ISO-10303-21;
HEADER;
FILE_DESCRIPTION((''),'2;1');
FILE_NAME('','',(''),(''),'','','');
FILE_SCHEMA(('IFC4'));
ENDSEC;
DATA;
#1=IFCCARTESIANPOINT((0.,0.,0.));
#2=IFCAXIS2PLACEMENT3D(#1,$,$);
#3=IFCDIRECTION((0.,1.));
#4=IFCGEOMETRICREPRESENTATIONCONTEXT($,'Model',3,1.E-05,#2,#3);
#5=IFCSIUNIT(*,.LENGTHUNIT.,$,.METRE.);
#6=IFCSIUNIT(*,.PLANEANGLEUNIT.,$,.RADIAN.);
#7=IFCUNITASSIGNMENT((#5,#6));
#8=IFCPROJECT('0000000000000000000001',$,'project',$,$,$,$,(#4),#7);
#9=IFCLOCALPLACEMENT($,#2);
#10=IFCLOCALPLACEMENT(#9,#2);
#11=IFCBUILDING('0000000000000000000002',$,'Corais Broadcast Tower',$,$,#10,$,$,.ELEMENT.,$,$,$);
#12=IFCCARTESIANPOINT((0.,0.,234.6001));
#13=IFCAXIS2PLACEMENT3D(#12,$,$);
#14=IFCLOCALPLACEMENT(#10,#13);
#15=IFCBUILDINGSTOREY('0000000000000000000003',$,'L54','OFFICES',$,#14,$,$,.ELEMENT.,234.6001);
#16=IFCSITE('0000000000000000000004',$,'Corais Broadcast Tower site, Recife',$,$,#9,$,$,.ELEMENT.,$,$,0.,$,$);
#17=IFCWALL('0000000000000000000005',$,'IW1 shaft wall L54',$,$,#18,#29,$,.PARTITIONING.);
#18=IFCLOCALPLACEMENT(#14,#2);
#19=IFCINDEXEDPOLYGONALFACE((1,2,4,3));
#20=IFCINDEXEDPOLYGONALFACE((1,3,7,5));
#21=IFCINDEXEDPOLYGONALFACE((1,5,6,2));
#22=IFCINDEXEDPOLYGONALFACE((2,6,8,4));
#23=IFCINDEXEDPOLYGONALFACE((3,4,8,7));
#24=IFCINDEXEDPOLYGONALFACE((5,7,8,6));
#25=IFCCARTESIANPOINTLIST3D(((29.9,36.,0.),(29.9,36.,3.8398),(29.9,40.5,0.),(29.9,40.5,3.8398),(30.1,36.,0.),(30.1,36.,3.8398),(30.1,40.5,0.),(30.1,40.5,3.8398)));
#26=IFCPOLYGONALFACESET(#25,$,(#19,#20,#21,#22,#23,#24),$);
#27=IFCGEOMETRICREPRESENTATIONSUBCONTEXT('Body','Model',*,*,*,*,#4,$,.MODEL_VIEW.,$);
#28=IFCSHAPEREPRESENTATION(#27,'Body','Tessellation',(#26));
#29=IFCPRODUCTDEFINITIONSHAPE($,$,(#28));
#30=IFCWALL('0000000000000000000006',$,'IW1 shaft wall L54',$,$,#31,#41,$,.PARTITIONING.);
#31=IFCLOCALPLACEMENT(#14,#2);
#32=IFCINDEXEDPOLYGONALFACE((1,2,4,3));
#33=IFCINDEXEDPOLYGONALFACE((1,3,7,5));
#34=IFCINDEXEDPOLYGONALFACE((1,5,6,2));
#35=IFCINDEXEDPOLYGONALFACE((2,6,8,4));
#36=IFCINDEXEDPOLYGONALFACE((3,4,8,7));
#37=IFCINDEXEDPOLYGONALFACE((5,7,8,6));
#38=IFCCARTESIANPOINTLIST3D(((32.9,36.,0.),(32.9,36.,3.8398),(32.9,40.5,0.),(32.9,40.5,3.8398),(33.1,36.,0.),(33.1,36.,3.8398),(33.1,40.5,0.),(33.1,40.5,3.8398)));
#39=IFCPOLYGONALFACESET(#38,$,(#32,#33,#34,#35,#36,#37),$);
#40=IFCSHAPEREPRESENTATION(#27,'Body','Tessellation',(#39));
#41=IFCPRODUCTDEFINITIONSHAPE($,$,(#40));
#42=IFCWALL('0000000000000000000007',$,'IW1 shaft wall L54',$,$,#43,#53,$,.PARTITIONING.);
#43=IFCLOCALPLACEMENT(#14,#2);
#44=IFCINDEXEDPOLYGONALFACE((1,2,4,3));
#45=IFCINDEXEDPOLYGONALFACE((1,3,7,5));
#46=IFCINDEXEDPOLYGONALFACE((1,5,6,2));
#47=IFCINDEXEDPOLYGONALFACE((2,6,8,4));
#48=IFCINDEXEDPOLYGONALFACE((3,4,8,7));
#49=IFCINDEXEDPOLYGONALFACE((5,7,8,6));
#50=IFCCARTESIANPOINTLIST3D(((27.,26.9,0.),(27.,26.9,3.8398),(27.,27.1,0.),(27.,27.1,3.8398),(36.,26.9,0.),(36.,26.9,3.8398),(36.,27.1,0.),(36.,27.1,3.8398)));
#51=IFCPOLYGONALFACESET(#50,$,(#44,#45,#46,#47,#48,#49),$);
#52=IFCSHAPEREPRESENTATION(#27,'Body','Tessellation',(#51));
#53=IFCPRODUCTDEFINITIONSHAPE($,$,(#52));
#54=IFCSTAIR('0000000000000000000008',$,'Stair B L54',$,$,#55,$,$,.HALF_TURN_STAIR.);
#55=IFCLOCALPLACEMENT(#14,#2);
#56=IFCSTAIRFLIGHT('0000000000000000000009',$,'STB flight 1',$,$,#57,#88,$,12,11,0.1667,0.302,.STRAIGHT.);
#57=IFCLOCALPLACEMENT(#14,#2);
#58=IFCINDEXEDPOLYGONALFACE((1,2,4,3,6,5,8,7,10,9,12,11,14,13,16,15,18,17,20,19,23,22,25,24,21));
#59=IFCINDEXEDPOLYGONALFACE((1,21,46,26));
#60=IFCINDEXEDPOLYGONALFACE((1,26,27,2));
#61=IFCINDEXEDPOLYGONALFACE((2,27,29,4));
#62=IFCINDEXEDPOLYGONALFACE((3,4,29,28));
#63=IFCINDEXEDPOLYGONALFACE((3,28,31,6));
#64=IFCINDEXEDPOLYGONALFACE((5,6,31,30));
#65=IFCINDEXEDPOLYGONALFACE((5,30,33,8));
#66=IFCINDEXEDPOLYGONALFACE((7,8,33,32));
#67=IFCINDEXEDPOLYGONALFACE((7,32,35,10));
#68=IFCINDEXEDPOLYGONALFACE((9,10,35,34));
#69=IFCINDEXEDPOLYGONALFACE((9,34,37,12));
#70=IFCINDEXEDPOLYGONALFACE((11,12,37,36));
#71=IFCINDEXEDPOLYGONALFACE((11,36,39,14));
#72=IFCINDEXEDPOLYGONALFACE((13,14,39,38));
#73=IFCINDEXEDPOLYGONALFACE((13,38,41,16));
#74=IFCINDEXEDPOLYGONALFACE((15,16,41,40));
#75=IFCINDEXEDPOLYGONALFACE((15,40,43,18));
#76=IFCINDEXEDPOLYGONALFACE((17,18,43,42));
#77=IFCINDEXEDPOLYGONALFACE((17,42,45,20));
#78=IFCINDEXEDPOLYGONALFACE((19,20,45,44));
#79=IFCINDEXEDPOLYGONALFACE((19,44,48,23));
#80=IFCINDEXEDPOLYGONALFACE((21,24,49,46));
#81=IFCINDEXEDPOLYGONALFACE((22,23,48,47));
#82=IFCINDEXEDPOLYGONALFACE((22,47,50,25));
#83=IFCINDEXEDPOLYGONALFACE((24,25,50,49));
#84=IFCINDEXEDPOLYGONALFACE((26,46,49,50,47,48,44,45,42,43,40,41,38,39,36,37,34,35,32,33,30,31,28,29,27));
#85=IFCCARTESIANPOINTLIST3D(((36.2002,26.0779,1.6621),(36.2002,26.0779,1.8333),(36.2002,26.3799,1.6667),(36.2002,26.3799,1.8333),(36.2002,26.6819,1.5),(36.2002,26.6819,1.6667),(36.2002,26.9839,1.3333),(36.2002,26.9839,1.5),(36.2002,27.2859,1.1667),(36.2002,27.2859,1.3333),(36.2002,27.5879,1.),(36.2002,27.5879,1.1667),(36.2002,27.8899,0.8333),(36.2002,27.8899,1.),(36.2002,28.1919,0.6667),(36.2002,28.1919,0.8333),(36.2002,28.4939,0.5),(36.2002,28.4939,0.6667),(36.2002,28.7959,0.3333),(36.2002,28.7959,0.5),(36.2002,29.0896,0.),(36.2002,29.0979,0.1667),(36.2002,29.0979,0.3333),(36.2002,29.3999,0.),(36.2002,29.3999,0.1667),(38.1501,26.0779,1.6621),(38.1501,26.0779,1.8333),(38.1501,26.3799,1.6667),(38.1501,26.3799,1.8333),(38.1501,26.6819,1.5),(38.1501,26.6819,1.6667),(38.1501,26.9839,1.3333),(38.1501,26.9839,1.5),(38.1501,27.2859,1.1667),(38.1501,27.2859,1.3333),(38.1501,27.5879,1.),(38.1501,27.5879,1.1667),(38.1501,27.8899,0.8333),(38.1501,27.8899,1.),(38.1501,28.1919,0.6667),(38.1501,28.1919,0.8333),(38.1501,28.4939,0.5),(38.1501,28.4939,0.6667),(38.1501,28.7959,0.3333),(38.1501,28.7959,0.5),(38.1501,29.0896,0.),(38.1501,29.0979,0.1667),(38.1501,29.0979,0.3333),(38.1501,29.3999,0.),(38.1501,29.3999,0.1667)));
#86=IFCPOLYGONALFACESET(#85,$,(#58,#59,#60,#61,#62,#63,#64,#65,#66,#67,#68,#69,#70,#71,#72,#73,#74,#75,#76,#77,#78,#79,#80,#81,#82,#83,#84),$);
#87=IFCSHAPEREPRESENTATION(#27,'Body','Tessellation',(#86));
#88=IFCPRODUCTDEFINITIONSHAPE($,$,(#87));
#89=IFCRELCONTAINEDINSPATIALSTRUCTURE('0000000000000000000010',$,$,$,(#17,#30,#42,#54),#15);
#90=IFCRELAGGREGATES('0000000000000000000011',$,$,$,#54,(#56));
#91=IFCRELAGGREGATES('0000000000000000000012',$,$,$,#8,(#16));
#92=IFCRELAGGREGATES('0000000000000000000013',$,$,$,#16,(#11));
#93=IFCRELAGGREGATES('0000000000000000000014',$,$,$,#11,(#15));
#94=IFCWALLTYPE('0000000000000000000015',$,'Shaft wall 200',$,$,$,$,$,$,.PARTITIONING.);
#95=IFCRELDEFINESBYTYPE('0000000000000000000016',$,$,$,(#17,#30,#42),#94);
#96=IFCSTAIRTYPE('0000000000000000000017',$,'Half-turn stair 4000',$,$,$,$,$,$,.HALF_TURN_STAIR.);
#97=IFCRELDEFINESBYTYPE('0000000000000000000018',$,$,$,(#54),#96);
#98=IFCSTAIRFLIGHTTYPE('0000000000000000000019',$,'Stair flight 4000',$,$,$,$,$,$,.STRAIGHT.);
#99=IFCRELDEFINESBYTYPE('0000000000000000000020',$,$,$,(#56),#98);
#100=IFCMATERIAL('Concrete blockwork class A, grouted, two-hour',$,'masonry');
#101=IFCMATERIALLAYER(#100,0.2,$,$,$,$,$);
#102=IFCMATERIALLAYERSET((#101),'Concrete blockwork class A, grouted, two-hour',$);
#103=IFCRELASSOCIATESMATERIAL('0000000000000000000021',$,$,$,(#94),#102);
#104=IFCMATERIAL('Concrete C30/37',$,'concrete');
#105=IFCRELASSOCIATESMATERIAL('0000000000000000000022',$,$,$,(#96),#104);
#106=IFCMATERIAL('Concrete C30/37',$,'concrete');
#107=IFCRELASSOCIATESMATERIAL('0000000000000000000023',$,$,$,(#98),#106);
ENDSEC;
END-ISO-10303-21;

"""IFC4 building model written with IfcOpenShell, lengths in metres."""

from ifc_helpers import new_model, si_unit, direction, frame, frame_2d, origin, place, context, subcontext, project, spatial, polyline, rectangle, outline, extrude, material, layer, layer_set, type_object, element, aggregate, save


model = new_model("IFC4")

# Units and contexts
model_context = context("Model", 3, precision=1e-05, world=origin(), true_north=direction((0.0, 1.0)))
body_context = subcontext(model_context, "Body", "Model", "MODEL_VIEW")
ifc_project = project(units=[si_unit("LENGTHUNIT", "METRE"), si_unit("PLANEANGLEUNIT", "RADIAN")], contexts=[model_context])

# Site, building, storey
site_placement = place(None, origin())
site = spatial("IfcSite", under=ifc_project, at=site_placement, Name="Corais Broadcast Tower site, Recife", CompositionType="ELEMENT", RefElevation=0.0)
building_placement = place(site_placement, origin())
building = spatial("IfcBuilding", under=site, at=building_placement, Name="Corais Broadcast Tower", CompositionType="ELEMENT")
storey_placement = place(building_placement, frame((0.0, 0.0, 234.6001)))
storey = spatial("IfcBuildingStorey", under=building, at=storey_placement, Name="L54", Description="OFFICES", CompositionType="ELEMENT", Elevation=234.6001)

# Walls
ifc_material_1 = material(Name="Concrete blockwork class A, grouted, two-hour", Category="masonry")
ifc_layer_1 = layer(ifc_material_1, 0.2)
ifc_layer_set_1 = layer_set([ifc_layer_1], Name="Concrete blockwork class A, grouted, two-hour")
wall_type_1 = type_object("IfcWallType", Name="Shaft wall 200", PredefinedType="PARTITIONING", material=ifc_layer_set_1)
for number, where, z_axis, x_axis, name in (
    (1, (30.0, 36.0, 0.0), (0.0, 0.0, 1.0), (0.0, 1.0, 0.0), "IW1 shaft wall L54"),
    (2, (33.0, 36.0, 0.0), (0.0, 0.0, 1.0), (0.0, 1.0, 0.0), "IW1 shaft wall L54"),
):
    element("IfcWall", number, at=place(storey_placement, frame(where, z_axis=z_axis, x_axis=x_axis)), inside=storey, type_object=wall_type_1, Name=name, PredefinedType="PARTITIONING", context=body_context, shape_type="SweptSolid", body=[
        extrude(rectangle(XDim=4.5, YDim=0.2, at=frame_2d((2.25, 0.0))), origin(), (0.0, 0.0, 1.0), 3.8398),
    ])
wall_1_placement = place(storey_placement, frame((27.0, 27.0, 0.0), z_axis=(0.0, 0.0, 1.0), x_axis=(1.0, 0.0, 0.0)))
element("IfcWall", 3, at=wall_1_placement, inside=storey, type_object=wall_type_1, Name="IW1 shaft wall L54", PredefinedType="PARTITIONING", context=body_context, shape_type="SweptSolid", body=[
    extrude(rectangle(XDim=9.0, YDim=0.2, at=frame_2d((4.5, 0.0))), origin(), (0.0, 0.0, 1.0), 3.8398),
])

# Stair, stair flight
ifc_material_2 = material(Name="Concrete C30/37", Category="concrete")
stair_type = type_object("IfcStairType", Name="Half-turn stair 4000", PredefinedType="HALF_TURN_STAIR", material=ifc_material_2)
stair_placement = place(storey_placement, origin())
stair = element("IfcStair", 4, at=stair_placement, inside=storey, type_object=stair_type, Name="Stair B L54", PredefinedType="HALF_TURN_STAIR")
ifc_material_3 = material(Name="Concrete C30/37", Category="concrete")
stair_flight_type = type_object("IfcStairFlightType", Name="Stair flight 4000", PredefinedType="STRAIGHT", material=ifc_material_3)
stair_flight_placement = place(storey_placement, frame((37.175, 29.3999, 0.0), z_axis=(0.0, 0.0, 1.0), x_axis=(0.0, -1.0, 0.0)))
stair_flight = element("IfcStairFlight", 5, at=stair_flight_placement, type_object=stair_flight_type, Name="STB flight 1", NumberOfRisers=12, NumberOfTreads=11, PredefinedType="STRAIGHT", RiserHeight=0.1667, TreadLength=0.302, context=body_context, shape_type="SweptSolid", body=[
    extrude(outline(polyline([(0.0, 0.0), (0.0, 0.1667), (0.302, 0.1667), (0.302, 0.3333), (0.604, 0.3333), (0.604, 0.5), (0.906, 0.5), (0.906, 0.6667), (1.208, 0.6667), (1.208, 0.8333), (1.51, 0.8333), (1.51, 1.0), (1.812, 1.0), (1.812, 1.1667), (2.114, 1.1667), (2.114, 1.3333), (2.416, 1.3333), (2.416, 1.5), (2.718, 1.5), (2.718, 1.6667), (3.02, 1.6667), (3.02, 1.8333), (3.322, 1.8333), (3.322, 2.0), (3.322, 1.6621), (0.3103, 0.0), (0.0, 0.0)])), frame((0.0, 0.9751, 0.0), z_axis=(0.0, -1.0, 0.0), x_axis=(1.0, 0.0, 0.0)), (0.0, 0.0, 1.0), 1.95),
])
aggregate(stair, [stair_flight])

save(model, "model.ifc")
